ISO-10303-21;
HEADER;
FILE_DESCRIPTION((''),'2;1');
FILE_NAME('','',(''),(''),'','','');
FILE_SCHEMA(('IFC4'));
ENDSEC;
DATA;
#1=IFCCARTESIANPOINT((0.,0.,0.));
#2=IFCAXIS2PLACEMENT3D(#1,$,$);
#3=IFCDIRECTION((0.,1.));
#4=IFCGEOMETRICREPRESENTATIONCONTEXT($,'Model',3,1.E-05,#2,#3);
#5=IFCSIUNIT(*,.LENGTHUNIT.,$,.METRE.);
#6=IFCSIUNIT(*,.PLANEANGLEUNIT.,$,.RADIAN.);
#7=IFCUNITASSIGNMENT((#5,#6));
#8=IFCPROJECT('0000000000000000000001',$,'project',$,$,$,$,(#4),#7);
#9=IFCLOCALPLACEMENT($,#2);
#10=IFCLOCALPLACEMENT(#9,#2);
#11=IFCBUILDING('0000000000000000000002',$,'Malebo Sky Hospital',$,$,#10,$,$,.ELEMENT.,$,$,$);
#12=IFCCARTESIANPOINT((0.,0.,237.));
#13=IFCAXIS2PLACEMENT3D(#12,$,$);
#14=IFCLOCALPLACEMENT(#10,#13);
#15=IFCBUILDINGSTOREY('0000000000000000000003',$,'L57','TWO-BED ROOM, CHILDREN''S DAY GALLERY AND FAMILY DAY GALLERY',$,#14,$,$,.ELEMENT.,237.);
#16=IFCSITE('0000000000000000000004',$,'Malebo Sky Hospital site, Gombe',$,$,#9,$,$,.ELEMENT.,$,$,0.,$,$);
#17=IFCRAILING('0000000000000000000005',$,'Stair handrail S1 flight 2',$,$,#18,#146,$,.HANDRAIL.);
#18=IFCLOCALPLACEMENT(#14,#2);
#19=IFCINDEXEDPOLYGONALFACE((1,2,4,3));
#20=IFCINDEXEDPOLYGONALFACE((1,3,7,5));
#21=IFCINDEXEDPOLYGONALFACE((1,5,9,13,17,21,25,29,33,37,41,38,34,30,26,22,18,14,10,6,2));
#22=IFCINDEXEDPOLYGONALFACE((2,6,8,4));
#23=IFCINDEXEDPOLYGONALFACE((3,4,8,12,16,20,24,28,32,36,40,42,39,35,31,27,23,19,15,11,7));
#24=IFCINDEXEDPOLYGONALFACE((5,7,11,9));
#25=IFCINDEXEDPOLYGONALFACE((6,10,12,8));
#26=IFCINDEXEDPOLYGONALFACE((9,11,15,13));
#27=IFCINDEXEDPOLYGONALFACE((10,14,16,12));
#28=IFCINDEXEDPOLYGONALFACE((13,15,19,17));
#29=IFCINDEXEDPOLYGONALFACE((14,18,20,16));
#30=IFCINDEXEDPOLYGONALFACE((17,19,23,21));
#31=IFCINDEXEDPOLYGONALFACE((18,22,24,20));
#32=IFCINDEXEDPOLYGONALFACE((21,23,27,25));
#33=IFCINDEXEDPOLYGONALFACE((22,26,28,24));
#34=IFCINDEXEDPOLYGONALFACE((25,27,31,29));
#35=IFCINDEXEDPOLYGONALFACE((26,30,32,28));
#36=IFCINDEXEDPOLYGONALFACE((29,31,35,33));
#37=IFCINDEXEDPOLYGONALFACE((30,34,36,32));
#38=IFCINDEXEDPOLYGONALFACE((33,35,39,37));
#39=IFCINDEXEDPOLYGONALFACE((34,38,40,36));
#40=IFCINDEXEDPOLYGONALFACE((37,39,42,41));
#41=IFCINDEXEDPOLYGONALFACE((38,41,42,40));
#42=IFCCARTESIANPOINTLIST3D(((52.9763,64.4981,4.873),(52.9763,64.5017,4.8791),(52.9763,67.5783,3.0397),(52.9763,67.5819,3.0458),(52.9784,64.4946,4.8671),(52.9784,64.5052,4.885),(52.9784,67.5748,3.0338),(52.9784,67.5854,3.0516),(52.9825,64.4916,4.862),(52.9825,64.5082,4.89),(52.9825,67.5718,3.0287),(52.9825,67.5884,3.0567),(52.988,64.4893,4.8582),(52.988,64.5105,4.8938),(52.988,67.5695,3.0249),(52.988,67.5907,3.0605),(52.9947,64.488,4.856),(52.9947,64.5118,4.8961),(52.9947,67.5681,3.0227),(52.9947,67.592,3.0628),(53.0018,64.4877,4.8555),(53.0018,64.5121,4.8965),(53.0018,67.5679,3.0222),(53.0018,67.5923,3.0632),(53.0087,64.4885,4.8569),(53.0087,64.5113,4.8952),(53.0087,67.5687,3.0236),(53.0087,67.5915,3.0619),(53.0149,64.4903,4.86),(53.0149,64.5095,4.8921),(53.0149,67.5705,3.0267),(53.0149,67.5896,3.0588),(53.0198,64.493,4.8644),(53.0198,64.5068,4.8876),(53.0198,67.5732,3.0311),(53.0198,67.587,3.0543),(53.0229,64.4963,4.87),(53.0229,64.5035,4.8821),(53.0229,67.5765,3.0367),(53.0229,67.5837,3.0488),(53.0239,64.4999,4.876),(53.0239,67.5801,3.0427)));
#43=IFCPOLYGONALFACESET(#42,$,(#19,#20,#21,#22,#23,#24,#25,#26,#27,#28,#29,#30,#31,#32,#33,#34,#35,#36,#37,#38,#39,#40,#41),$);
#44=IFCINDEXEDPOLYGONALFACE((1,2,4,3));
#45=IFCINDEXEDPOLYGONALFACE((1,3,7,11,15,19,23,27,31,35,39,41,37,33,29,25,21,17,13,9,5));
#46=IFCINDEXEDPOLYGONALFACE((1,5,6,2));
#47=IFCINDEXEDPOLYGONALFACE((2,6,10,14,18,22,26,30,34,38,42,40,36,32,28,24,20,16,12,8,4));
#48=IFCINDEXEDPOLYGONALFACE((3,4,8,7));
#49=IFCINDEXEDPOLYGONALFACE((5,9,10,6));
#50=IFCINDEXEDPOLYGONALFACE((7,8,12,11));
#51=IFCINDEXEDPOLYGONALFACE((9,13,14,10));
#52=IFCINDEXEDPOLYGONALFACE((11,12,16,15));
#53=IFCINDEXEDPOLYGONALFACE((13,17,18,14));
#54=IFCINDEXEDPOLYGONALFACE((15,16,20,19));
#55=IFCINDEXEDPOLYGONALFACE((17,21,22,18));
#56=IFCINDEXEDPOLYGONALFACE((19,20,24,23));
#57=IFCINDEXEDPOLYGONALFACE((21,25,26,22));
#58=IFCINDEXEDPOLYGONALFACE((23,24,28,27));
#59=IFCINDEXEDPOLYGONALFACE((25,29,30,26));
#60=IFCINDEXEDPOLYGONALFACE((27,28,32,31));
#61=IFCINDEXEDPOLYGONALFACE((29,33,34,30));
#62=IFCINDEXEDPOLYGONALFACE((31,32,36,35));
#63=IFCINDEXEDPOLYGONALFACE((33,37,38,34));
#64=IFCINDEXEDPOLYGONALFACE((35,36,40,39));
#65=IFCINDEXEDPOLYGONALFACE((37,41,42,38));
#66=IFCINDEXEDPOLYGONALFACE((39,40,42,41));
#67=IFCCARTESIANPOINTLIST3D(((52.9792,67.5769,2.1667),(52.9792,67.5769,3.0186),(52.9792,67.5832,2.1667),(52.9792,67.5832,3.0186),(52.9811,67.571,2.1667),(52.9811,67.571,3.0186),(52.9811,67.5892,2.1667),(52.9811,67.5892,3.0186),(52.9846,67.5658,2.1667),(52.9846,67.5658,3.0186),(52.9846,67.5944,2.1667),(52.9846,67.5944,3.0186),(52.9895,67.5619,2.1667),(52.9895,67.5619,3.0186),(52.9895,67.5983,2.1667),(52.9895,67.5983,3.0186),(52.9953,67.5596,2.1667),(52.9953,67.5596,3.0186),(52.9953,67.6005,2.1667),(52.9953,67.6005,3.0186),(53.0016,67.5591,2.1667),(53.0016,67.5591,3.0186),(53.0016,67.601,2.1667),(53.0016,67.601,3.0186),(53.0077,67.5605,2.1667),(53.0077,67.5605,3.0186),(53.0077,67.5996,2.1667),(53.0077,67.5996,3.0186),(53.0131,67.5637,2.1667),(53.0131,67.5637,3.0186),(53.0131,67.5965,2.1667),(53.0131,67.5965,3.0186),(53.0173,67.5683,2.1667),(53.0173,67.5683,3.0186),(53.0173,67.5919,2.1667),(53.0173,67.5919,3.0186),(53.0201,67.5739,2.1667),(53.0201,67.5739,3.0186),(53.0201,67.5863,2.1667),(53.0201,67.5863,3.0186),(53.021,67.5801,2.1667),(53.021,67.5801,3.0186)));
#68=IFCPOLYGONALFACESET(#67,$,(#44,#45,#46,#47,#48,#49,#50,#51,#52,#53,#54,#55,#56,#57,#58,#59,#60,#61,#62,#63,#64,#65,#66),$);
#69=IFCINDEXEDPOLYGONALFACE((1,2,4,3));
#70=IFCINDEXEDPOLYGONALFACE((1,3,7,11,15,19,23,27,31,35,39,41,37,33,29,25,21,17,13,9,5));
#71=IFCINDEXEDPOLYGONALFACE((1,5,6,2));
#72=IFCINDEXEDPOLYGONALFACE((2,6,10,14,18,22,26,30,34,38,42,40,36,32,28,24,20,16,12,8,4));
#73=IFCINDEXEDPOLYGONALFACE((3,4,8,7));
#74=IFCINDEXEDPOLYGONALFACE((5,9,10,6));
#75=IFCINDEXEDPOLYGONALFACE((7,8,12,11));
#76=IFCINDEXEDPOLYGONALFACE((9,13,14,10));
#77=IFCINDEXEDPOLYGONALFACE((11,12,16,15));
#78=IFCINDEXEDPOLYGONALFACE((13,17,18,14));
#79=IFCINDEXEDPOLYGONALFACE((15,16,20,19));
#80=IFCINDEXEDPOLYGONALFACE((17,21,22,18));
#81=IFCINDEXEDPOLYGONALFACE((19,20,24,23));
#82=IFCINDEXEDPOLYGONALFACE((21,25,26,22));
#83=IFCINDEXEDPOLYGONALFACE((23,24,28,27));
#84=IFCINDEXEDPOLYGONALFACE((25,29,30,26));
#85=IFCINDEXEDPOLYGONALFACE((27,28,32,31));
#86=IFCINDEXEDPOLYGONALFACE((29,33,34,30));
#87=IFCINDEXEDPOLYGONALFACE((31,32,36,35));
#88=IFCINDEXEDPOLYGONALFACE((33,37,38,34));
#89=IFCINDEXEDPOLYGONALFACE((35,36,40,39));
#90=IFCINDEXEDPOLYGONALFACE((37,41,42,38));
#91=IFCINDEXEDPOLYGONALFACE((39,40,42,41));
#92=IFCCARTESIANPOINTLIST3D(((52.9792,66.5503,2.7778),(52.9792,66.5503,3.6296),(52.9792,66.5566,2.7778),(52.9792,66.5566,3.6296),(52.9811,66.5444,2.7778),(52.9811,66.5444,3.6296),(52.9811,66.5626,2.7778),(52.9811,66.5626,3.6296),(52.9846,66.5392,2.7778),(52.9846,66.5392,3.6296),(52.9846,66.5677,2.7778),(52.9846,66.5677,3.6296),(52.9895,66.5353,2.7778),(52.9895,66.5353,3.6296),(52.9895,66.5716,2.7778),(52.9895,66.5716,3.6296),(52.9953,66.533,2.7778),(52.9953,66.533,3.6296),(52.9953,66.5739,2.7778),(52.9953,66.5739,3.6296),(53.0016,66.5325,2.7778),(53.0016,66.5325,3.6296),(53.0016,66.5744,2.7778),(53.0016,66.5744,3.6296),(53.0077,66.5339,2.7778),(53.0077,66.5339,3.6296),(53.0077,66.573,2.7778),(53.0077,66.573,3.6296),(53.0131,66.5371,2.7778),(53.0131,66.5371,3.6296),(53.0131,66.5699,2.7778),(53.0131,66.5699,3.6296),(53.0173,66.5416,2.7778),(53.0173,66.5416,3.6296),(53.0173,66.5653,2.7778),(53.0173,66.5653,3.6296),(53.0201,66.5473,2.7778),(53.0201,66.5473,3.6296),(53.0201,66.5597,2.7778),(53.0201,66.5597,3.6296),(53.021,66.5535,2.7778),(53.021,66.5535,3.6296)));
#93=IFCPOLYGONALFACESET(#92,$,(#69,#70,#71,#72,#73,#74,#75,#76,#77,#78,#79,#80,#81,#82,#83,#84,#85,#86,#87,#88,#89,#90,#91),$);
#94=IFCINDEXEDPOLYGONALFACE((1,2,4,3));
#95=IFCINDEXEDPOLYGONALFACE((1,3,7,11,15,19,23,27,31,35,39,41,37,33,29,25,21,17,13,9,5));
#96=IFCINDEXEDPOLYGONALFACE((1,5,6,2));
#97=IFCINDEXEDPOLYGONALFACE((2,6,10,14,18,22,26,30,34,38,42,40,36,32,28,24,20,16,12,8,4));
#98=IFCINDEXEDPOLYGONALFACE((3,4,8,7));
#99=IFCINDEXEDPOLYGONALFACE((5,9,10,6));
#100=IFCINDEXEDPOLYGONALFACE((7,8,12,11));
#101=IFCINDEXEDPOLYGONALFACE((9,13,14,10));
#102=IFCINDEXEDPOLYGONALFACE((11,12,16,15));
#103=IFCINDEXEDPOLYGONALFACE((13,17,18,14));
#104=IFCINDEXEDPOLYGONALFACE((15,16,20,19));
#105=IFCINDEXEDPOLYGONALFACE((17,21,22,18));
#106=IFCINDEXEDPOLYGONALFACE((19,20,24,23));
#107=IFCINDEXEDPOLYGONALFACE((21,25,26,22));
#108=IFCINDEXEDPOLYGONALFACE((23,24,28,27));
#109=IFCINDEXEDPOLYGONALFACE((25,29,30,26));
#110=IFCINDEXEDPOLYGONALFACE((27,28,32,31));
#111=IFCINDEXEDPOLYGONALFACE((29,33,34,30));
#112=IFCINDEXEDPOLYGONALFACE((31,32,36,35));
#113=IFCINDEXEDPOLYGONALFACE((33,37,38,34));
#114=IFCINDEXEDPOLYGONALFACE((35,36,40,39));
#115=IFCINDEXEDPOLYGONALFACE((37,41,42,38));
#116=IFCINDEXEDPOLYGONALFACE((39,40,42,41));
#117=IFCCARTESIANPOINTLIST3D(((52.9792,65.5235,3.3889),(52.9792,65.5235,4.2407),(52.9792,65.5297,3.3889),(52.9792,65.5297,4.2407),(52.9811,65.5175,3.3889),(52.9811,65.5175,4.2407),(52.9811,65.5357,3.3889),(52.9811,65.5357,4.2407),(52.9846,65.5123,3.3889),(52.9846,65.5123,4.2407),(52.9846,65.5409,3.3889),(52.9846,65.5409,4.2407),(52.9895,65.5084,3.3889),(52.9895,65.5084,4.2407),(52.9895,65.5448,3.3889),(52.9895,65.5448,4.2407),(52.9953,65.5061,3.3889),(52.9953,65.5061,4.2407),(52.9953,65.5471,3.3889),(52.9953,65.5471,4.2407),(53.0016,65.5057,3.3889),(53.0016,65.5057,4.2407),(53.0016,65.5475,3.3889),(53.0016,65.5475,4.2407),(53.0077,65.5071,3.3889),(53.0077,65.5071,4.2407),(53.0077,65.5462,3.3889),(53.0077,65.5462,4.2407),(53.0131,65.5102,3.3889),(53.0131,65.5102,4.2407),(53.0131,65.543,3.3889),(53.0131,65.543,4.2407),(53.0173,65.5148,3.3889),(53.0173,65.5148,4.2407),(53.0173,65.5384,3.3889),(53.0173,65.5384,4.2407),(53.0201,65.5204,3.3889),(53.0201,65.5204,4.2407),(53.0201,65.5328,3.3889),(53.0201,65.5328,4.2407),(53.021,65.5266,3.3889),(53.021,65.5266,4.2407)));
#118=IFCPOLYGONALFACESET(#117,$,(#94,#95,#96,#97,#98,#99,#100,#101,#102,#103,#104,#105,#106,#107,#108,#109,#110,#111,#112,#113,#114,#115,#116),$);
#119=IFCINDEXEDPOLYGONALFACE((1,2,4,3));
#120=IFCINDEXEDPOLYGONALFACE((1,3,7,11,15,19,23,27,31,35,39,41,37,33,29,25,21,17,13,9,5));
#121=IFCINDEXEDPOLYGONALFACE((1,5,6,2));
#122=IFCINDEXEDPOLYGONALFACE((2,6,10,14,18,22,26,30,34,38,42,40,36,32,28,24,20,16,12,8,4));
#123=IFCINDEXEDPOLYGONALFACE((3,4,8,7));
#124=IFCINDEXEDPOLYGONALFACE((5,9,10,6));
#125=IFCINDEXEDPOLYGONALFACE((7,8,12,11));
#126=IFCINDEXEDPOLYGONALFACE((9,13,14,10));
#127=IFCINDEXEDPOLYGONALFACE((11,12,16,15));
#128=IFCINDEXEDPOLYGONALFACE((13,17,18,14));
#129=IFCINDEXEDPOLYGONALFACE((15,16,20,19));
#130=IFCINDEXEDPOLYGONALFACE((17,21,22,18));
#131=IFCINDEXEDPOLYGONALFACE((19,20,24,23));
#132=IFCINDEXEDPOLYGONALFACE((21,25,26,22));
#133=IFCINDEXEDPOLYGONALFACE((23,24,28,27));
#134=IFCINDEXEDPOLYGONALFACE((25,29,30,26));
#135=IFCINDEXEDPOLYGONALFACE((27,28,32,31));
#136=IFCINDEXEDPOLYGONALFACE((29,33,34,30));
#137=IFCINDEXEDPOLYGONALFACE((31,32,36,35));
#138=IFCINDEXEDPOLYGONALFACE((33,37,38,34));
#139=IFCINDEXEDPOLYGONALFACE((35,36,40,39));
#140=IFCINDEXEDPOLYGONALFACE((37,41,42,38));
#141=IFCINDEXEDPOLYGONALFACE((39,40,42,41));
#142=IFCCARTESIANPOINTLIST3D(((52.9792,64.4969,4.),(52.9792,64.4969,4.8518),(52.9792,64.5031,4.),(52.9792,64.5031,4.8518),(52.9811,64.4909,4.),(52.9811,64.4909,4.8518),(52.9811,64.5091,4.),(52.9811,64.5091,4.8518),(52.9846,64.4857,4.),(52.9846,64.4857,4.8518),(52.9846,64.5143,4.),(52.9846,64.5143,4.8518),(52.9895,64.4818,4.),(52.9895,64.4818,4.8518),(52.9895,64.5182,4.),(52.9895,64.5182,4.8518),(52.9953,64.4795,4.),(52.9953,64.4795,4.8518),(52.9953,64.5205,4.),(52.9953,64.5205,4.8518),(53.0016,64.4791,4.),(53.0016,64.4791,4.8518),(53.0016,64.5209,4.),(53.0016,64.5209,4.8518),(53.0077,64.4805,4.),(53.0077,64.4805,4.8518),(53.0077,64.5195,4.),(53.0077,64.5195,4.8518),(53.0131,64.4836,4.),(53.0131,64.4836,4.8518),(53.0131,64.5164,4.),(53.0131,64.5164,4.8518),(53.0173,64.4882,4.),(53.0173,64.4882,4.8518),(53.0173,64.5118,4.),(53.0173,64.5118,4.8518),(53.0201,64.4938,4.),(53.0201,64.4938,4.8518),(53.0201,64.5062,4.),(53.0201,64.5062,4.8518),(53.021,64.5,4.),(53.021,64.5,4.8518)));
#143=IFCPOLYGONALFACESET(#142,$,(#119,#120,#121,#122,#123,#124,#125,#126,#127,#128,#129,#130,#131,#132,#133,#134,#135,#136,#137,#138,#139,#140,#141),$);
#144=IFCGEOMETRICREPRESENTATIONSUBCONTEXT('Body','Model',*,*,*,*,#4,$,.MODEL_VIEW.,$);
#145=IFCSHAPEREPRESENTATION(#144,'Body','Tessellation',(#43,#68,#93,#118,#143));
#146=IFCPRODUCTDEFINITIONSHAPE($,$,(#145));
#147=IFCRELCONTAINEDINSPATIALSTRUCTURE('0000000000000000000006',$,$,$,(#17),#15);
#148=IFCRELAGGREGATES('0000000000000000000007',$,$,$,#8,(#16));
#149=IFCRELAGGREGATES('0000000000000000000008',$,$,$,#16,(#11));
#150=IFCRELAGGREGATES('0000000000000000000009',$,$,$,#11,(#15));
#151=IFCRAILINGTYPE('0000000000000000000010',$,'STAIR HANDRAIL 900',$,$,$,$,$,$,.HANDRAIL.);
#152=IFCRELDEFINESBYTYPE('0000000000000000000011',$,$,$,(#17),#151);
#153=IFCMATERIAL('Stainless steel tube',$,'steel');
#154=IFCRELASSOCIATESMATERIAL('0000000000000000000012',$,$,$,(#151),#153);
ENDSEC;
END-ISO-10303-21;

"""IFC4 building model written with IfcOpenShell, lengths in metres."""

from ifc_helpers import new_model, si_unit, direction, frame, origin, origin_2d, place, context, subcontext, project, spatial, circle, extrude, material, type_object, element, save


model = new_model("IFC4")

# Units and contexts
model_context = context("Model", 3, precision=1e-05, world=origin(), true_north=direction((0.0, 1.0)))
body_context = subcontext(model_context, "Body", "Model", "MODEL_VIEW")
ifc_project = project(units=[si_unit("LENGTHUNIT", "METRE"), si_unit("PLANEANGLEUNIT", "RADIAN")], contexts=[model_context])

# Site, building, storey
site_placement = place(None, origin())
site = spatial("IfcSite", under=ifc_project, at=site_placement, Name="Malebo Sky Hospital site, Gombe", CompositionType="ELEMENT", RefElevation=0.0)
building_placement = place(site_placement, origin())
building = spatial("IfcBuilding", under=site, at=building_placement, Name="Malebo Sky Hospital", CompositionType="ELEMENT")
storey_placement = place(building_placement, frame((0.0, 0.0, 237.0)))
storey = spatial("IfcBuildingStorey", under=building, at=storey_placement, Name="L57", Description="TWO-BED ROOM, CHILDREN'S DAY GALLERY AND FAMILY DAY GALLERY", CompositionType="ELEMENT", Elevation=237.0)

# Railing
ifc_material_1 = material(Name="Stainless steel tube", Category="steel")
railing_type = type_object("IfcRailingType", Name="STAIR HANDRAIL 900", PredefinedType="HANDRAIL", material=ifc_material_1)
railing_1_placement = place(storey_placement, frame((53.0, 67.5801, 2.1667)))
element("IfcRailing", 1, at=railing_1_placement, inside=storey, type_object=railing_type, Name="Stair handrail S1 flight 2", PredefinedType="HANDRAIL", context=body_context, shape_type="SweptSolid", body=[
    extrude(circle(Radius=0.0239, at=origin_2d()), frame((0.0, 0.0, 0.876), z_axis=(0.0, -0.859309, 0.511458), x_axis=(1.0, 0.0, 0.0)), (0.0, 0.0, 1.0), 3.5845),
    extrude(circle(Radius=0.021, at=origin_2d()), origin(), (0.0, 0.0, 1.0), 0.8518),
    extrude(circle(Radius=0.021, at=origin_2d()), frame((0.0, -1.0266, 0.6111)), (0.0, 0.0, 1.0), 0.8518),
    extrude(circle(Radius=0.021, at=origin_2d()), frame((0.0, -2.0535, 1.2222)), (0.0, 0.0, 1.0), 0.8518),
    extrude(circle(Radius=0.021, at=origin_2d()), frame((0.0, -3.0801, 1.8333)), (0.0, 0.0, 1.0), 0.8518),
])

save(model, "model.ifc")
